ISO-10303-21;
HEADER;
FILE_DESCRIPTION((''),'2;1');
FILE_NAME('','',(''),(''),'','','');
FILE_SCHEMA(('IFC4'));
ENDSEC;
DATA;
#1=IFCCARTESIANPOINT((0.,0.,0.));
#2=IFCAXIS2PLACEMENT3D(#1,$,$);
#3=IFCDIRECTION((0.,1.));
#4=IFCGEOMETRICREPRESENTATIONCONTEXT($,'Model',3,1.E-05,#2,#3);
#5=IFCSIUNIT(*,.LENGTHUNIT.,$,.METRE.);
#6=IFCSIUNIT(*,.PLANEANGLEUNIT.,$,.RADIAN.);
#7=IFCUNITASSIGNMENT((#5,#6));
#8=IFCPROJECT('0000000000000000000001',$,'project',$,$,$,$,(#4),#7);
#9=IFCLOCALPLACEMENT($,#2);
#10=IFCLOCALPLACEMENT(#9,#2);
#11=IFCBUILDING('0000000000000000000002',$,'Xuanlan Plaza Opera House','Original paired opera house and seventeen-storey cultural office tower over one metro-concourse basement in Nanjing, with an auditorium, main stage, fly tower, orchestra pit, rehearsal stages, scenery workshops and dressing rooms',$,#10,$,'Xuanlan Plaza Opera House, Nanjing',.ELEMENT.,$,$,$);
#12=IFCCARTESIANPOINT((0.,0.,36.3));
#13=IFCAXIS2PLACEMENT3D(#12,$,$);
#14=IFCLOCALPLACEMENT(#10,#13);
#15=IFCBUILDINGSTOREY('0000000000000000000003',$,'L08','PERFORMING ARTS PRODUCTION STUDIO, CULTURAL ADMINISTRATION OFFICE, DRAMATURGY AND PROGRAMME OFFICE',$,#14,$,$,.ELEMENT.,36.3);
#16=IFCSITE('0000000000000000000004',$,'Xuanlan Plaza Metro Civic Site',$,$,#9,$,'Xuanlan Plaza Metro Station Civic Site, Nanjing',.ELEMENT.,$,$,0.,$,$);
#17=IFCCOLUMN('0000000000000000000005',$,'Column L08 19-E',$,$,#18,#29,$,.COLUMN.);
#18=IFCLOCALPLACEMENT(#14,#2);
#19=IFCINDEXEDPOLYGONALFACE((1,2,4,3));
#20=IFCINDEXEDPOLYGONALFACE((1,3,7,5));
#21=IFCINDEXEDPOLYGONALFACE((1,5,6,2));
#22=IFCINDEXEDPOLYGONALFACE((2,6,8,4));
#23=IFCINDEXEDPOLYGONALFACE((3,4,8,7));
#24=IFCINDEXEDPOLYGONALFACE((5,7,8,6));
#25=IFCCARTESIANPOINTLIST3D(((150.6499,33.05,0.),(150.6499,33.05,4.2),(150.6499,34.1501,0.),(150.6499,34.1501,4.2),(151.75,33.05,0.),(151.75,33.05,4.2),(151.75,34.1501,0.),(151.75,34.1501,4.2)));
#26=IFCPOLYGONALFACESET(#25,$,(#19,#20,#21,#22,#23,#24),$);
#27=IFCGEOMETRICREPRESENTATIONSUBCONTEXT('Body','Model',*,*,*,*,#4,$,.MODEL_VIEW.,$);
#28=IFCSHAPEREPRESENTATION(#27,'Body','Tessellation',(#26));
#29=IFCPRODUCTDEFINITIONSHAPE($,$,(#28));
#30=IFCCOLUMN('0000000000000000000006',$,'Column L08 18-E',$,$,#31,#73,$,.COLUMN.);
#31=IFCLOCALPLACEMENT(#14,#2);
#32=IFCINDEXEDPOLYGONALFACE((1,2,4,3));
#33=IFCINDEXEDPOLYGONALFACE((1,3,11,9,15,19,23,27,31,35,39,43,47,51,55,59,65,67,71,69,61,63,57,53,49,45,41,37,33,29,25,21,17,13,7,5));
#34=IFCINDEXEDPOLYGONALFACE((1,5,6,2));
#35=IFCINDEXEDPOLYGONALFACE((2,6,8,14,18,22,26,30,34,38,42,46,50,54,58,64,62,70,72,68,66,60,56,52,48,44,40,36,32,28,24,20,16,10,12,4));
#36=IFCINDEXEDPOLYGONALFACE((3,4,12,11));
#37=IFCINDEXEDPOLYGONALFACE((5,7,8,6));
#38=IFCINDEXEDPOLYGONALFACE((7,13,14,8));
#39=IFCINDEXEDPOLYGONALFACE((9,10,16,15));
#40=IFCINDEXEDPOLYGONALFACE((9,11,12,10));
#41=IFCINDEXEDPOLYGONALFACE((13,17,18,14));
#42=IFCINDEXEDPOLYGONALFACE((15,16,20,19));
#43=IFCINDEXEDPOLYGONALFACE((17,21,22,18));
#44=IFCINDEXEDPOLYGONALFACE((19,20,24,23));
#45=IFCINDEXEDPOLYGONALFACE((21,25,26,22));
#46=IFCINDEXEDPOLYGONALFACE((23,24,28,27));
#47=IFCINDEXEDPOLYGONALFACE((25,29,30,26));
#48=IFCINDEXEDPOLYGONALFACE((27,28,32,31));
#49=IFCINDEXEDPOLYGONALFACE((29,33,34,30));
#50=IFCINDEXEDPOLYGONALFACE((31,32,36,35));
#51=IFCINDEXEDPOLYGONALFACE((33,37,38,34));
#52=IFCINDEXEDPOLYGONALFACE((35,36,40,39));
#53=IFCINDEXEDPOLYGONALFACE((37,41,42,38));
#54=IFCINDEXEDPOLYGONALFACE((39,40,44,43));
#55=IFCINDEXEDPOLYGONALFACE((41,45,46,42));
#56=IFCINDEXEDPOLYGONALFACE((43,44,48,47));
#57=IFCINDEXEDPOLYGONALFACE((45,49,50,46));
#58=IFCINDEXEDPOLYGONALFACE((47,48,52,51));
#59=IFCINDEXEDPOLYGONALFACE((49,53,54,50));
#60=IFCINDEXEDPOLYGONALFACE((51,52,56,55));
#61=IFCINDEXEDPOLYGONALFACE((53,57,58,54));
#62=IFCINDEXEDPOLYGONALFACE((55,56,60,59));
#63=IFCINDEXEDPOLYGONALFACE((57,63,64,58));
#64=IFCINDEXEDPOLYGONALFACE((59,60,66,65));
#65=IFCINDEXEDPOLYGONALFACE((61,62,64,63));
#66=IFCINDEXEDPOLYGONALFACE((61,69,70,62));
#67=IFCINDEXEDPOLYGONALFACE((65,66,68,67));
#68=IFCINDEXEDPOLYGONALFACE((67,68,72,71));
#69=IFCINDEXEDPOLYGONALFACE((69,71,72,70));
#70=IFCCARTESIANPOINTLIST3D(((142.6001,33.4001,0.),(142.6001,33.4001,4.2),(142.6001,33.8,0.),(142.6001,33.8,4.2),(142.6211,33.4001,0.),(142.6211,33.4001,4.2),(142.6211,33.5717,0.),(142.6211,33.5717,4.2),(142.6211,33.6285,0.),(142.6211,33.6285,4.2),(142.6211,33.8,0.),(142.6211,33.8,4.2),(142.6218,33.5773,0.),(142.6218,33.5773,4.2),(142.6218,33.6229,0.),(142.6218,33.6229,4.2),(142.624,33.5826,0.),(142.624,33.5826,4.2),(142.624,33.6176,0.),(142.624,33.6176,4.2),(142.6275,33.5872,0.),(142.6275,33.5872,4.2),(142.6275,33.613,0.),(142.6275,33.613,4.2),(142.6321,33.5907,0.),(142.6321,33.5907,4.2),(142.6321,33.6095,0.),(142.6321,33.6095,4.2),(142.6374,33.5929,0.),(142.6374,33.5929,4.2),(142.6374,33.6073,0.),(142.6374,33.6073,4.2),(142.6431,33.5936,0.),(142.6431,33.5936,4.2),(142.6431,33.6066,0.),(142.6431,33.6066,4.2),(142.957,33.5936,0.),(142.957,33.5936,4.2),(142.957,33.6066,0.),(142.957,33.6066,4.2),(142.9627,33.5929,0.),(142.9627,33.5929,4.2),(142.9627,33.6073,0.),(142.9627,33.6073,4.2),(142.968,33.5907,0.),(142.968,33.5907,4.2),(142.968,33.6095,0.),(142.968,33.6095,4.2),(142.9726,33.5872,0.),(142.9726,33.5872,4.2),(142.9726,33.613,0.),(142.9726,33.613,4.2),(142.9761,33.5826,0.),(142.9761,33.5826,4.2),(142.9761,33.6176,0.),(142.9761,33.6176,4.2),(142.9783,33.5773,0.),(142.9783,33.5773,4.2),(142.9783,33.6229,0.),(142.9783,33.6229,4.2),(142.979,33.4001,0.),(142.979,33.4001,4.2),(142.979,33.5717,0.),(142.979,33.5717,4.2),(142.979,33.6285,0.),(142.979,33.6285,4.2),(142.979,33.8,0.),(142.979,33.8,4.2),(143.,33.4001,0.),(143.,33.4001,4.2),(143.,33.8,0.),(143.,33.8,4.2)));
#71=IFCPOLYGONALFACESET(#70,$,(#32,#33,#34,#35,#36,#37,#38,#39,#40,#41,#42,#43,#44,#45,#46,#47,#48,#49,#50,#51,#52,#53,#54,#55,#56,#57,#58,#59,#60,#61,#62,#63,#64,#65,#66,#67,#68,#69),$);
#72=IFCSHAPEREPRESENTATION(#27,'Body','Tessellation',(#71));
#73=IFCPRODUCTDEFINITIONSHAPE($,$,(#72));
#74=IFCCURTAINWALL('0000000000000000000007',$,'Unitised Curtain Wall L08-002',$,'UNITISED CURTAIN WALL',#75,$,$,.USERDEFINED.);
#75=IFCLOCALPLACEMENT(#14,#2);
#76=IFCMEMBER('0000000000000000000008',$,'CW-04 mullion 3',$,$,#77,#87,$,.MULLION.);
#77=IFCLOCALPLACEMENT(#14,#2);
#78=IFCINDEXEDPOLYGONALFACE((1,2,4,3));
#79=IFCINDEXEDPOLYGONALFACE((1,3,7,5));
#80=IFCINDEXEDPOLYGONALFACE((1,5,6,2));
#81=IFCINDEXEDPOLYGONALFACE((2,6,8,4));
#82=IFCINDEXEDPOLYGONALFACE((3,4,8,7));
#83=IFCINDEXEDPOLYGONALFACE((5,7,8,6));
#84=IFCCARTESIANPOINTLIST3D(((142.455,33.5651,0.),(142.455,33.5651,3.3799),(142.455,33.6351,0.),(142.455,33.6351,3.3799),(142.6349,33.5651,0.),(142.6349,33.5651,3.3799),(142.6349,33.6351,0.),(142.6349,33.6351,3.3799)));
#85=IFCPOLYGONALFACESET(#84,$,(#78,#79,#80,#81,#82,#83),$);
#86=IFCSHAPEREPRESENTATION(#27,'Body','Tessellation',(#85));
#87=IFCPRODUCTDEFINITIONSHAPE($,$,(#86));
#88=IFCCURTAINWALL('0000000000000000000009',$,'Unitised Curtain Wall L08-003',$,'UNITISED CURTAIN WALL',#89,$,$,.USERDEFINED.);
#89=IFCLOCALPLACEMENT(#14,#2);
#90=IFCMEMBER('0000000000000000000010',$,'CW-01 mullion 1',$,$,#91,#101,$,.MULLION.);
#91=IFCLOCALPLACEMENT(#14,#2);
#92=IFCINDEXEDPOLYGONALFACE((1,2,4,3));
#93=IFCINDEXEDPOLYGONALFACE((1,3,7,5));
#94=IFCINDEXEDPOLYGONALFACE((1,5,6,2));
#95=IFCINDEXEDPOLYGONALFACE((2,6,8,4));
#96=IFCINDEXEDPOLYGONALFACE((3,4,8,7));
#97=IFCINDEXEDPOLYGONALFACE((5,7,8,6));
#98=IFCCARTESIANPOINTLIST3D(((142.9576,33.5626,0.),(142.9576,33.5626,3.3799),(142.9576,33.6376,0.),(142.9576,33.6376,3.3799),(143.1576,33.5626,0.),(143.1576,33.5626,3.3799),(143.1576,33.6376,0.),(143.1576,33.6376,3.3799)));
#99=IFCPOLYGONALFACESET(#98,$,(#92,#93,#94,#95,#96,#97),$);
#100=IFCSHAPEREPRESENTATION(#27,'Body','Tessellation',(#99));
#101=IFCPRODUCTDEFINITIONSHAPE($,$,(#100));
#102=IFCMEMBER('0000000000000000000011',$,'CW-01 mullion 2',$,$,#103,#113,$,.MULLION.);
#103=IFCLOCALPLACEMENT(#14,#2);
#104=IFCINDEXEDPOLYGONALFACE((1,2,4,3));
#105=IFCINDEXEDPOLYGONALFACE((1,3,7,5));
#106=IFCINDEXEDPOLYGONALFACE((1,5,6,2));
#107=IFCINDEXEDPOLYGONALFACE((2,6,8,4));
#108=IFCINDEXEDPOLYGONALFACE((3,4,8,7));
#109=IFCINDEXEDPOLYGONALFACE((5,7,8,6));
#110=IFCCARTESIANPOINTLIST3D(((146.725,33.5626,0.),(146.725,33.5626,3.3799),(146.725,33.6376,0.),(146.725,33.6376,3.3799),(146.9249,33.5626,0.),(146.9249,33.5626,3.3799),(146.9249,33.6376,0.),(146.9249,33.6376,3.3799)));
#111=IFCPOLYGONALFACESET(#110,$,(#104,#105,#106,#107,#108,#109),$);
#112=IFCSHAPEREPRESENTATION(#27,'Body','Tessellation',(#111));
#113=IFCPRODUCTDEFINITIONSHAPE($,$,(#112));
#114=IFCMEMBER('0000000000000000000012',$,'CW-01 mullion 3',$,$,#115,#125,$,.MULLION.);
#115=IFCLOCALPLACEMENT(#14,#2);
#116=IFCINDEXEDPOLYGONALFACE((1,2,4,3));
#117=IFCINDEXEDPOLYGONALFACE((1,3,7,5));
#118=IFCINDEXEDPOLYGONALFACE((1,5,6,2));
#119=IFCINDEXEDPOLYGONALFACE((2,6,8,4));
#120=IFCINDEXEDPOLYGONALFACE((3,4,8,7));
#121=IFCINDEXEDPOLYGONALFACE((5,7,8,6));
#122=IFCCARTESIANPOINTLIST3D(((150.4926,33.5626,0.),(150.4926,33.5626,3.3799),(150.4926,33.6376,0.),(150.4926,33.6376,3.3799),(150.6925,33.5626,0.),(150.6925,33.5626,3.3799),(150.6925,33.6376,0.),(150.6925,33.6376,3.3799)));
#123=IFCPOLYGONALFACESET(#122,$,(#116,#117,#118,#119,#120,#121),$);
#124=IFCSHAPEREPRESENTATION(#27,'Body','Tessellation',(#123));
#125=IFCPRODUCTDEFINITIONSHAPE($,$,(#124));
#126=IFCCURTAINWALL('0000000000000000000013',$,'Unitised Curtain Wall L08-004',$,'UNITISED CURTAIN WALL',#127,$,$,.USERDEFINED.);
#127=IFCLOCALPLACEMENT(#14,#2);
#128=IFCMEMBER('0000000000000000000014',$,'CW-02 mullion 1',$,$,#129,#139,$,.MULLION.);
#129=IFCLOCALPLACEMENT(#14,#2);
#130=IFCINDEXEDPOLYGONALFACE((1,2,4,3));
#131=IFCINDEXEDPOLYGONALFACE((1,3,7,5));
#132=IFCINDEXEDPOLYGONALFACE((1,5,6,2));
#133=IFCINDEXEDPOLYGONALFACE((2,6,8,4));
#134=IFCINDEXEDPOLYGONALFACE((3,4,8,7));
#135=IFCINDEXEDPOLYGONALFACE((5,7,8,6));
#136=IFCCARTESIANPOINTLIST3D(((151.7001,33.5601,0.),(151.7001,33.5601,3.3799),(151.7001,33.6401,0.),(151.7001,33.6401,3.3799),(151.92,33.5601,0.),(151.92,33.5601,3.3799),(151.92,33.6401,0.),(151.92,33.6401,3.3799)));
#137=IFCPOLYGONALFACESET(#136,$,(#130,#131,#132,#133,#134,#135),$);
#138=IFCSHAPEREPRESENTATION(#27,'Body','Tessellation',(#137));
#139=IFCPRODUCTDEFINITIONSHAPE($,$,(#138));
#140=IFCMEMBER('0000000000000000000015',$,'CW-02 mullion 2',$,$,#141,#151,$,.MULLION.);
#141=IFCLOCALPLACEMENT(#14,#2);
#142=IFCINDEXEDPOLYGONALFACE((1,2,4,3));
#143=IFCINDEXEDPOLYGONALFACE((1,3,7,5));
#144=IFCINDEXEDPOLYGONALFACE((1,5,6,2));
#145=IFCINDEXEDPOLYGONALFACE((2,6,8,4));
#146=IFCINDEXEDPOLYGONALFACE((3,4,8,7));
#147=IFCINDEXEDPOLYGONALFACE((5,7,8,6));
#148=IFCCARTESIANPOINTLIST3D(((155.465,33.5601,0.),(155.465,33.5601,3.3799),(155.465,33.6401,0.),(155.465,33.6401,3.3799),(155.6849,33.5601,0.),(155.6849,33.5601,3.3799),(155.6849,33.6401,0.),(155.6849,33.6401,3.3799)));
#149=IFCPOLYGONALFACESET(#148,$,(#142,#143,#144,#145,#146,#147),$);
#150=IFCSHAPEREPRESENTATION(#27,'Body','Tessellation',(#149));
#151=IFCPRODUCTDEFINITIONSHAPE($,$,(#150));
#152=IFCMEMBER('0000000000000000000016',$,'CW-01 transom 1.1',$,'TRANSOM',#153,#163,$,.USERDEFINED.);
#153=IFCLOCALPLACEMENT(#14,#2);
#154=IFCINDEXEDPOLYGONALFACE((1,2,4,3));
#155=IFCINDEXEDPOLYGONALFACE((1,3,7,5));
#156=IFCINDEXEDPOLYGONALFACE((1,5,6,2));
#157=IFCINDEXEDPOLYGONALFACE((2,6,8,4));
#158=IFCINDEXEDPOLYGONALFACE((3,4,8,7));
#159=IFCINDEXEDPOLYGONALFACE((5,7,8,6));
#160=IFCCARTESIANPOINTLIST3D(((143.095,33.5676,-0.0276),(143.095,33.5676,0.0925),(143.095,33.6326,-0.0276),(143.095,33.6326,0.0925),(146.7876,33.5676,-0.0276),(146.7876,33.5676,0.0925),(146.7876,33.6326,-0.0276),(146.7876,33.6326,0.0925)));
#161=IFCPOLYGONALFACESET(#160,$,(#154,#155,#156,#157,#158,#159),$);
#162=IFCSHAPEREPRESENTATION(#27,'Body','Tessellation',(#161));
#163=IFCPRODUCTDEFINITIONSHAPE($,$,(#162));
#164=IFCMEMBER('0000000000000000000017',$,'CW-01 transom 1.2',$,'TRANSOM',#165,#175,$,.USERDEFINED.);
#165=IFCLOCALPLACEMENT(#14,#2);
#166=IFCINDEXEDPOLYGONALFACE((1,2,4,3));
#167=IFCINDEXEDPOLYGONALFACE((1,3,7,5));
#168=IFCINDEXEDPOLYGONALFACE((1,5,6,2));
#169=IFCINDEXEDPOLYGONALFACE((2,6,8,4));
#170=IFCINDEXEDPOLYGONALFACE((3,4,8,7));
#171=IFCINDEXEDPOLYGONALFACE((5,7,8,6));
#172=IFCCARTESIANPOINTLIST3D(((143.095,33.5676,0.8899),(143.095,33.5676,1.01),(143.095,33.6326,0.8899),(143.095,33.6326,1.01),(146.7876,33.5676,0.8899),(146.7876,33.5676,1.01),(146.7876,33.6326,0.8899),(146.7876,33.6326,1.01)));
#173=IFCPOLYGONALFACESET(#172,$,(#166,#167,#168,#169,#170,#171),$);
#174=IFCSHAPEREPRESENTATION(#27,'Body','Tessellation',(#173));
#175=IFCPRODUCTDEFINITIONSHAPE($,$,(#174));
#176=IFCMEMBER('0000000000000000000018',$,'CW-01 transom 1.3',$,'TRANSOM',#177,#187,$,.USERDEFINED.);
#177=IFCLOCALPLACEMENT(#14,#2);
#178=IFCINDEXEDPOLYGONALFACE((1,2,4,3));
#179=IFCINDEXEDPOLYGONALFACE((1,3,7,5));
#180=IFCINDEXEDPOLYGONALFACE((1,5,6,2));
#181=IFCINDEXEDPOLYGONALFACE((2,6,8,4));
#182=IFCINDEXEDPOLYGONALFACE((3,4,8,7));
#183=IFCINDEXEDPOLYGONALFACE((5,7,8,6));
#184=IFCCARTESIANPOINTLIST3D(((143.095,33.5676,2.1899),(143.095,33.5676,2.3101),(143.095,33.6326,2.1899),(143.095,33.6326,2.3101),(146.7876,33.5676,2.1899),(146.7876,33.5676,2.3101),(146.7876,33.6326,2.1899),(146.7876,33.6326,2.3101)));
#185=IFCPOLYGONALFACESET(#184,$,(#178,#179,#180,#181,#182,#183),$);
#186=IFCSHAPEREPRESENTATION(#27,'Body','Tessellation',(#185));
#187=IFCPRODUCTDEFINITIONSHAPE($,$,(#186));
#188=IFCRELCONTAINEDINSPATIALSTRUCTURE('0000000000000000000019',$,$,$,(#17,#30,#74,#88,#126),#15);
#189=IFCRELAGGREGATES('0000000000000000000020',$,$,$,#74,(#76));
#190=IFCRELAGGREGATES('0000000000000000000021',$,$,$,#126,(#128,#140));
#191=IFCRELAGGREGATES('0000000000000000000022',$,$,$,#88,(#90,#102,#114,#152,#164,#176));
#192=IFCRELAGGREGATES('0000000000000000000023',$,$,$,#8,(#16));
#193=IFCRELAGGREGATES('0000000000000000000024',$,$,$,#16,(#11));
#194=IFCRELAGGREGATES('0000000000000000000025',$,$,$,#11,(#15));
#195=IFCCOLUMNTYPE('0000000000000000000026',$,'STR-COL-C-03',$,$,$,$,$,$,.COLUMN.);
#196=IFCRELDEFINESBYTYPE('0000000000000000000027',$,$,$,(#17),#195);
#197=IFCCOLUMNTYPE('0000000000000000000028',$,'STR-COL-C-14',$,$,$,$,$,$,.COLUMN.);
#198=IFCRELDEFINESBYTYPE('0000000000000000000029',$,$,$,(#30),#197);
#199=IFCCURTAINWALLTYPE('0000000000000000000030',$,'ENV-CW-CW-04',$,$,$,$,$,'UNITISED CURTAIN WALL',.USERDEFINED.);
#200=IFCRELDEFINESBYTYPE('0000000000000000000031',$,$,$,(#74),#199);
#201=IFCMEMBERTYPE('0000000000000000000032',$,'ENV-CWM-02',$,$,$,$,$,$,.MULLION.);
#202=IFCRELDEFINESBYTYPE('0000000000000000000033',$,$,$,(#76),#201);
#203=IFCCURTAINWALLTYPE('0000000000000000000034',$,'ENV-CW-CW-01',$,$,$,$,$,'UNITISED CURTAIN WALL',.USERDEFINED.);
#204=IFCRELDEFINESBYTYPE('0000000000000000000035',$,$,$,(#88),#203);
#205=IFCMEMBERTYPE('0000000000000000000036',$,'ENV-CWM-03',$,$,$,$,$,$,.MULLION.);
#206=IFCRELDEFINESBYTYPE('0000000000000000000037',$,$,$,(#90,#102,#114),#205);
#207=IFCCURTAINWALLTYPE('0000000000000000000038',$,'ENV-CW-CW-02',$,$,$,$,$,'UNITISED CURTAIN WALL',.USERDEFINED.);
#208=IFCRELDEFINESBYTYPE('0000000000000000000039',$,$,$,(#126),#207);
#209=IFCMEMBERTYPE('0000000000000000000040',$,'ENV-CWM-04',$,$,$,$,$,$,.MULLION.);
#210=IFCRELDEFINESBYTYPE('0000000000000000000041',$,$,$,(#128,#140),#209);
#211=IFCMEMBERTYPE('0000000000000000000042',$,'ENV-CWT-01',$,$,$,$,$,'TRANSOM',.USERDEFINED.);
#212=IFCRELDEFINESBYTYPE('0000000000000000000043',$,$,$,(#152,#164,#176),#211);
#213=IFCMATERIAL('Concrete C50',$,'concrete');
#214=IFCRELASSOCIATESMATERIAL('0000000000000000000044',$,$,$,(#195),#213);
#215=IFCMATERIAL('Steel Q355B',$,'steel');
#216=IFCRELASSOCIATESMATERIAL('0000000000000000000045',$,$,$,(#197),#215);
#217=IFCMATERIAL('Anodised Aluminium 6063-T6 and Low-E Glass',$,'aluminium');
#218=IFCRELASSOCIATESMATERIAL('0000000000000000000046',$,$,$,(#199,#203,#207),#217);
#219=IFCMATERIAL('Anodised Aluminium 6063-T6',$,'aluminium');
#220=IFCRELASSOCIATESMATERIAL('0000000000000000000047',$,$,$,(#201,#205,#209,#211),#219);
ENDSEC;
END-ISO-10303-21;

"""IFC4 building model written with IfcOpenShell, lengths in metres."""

from ifc_helpers import new_model, si_unit, direction, frame, origin, origin_2d, place, context, subcontext, project, spatial, rectangle, i_section, extrude, material, material_profile, profile_set, type_object, element, aggregate, save


model = new_model("IFC4")

# Units and contexts
model_context = context("Model", 3, precision=1e-05, world=origin(), true_north=direction((0.0, 1.0)))
body_context = subcontext(model_context, "Body", "Model", "MODEL_VIEW")
ifc_project = project(units=[si_unit("LENGTHUNIT", "METRE"), si_unit("PLANEANGLEUNIT", "RADIAN")], contexts=[model_context])

# Site, building, storey
site_placement = place(None, origin())
site = spatial("IfcSite", under=ifc_project, at=site_placement, Name="Xuanlan Plaza Metro Civic Site", LongName="Xuanlan Plaza Metro Station Civic Site, Nanjing", CompositionType="ELEMENT", RefElevation=0.0)
building_placement = place(site_placement, origin())
building = spatial("IfcBuilding", under=site, at=building_placement, Name="Xuanlan Plaza Opera House", Description="Original paired opera house and seventeen-storey cultural office tower over one metro-concourse basement in Nanjing, with an auditorium, main stage, fly tower, orchestra pit, rehearsal stages, scenery workshops and dressing rooms", LongName="Xuanlan Plaza Opera House, Nanjing", CompositionType="ELEMENT")
storey_placement = place(building_placement, frame((0.0, 0.0, 36.3)))
storey = spatial("IfcBuildingStorey", under=building, at=storey_placement, Name="L08", Description="PERFORMING ARTS PRODUCTION STUDIO, CULTURAL ADMINISTRATION OFFICE, DRAMATURGY AND PROGRAMME OFFICE", CompositionType="ELEMENT", Elevation=36.3)

# Columns
ifc_material_1 = material(Name="Concrete C50", Category="concrete")
ifc_material_profile_1 = material_profile(ifc_material_1, rectangle(XDim=1.1001, YDim=1.1001, at=origin_2d()), Name="RC-COL 1100x1100")
ifc_profile_set_1 = profile_set([ifc_material_profile_1], Name="Concrete C50")
column_type_1 = type_object("IfcColumnType", Name="STR-COL-C-03", PredefinedType="COLUMN", material=ifc_profile_set_1)
column_1_placement = place(storey_placement, frame((151.2, 33.6001, 0.0), z_axis=(0.0, 0.0, 1.0), x_axis=(1.0, 0.0, 0.0)))
element("IfcColumn", 1, at=column_1_placement, inside=storey, type_object=column_type_1, Name="Column L08 19-E", PredefinedType="COLUMN", context=body_context, shape_type="SweptSolid", body=[
    extrude(rectangle(XDim=1.1001, YDim=1.1001, at=origin_2d()), origin(), (0.0, 0.0, 1.0), 4.2),
])
ifc_material_2 = material(Name="Steel Q355B", Category="steel")
ifc_material_profile_2 = material_profile(ifc_material_2, i_section(OverallWidth=0.3999, OverallDepth=0.3999, WebThickness=0.0129, FlangeThickness=0.021, FilletRadius=0.022, at=origin_2d()), Name="HW 400x400x13x21")
ifc_profile_set_2 = profile_set([ifc_material_profile_2], Name="Steel Q355B")
column_type_2 = type_object("IfcColumnType", Name="STR-COL-C-14", PredefinedType="COLUMN", material=ifc_profile_set_2)
column_2_placement = place(storey_placement, frame((142.8, 33.6001, 0.0), z_axis=(0.0, 0.0, 1.0), x_axis=(0.0, 1.0, 0.0)))
element("IfcColumn", 2, at=column_2_placement, inside=storey, type_object=column_type_2, Name="Column L08 18-E", PredefinedType="COLUMN", context=body_context, shape_type="SweptSolid", body=[
    extrude(i_section(OverallWidth=0.3999, OverallDepth=0.3999, WebThickness=0.0129, FlangeThickness=0.021, FilletRadius=0.022, at=origin_2d()), origin(), (0.0, 0.0, 1.0), 4.2),
])

# Curtain wall, member
ifc_material_3 = material(Name="Anodised Aluminium 6063-T6 and Low-E Glass", Category="aluminium")
curtain_wall_type_1 = type_object("IfcCurtainWallType", Name="ENV-CW-CW-04", ElementType="UNITISED CURTAIN WALL", PredefinedType="USERDEFINED", material=ifc_material_3)
curtain_wall_1_placement = place(storey_placement, origin())
curtain_wall_1 = element("IfcCurtainWall", 3, at=curtain_wall_1_placement, inside=storey, type_object=curtain_wall_type_1, Name="Unitised Curtain Wall L08-002", ObjectType="UNITISED CURTAIN WALL", PredefinedType="USERDEFINED")
ifc_material_4 = material(Name="Anodised Aluminium 6063-T6", Category="aluminium")
ifc_material_profile_3 = material_profile(ifc_material_4, rectangle(XDim=0.0701, YDim=0.1799, at=origin_2d()), Name="ALU-M 70x180")
ifc_profile_set_3 = profile_set([ifc_material_profile_3], Name="Anodised Aluminium 6063-T6")
member_type_1 = type_object("IfcMemberType", Name="ENV-CWM-02", PredefinedType="MULLION", material=ifc_profile_set_3)
member_1_placement = place(storey_placement, frame((142.5449, 33.6001, 0.0), z_axis=(0.0, 0.0, 1.0), x_axis=(0.0, 1.0, 0.0)))
member_1 = element("IfcMember", 4, at=member_1_placement, type_object=member_type_1, Name="CW-04 mullion 3", PredefinedType="MULLION", context=body_context, shape_type="SweptSolid", body=[
    extrude(rectangle(XDim=0.0701, YDim=0.1799, at=origin_2d()), origin(), (0.0, 0.0, 1.0), 3.3799),
])

# Curtain walls, members
curtain_wall_type_2 = type_object("IfcCurtainWallType", Name="ENV-CW-CW-01", ElementType="UNITISED CURTAIN WALL", PredefinedType="USERDEFINED", material=ifc_material_3)
curtain_wall_2_placement = place(storey_placement, origin())
curtain_wall_2 = element("IfcCurtainWall", 5, at=curtain_wall_2_placement, inside=storey, type_object=curtain_wall_type_2, Name="Unitised Curtain Wall L08-003", ObjectType="UNITISED CURTAIN WALL", PredefinedType="USERDEFINED")
ifc_material_profile_4 = material_profile(ifc_material_4, rectangle(XDim=0.075, YDim=0.2, at=origin_2d()), Name="ALU-M 75x200")
ifc_profile_set_4 = profile_set([ifc_material_profile_4], Name="Anodised Aluminium 6063-T6")
member_type_2 = type_object("IfcMemberType", Name="ENV-CWM-03", PredefinedType="MULLION", material=ifc_profile_set_4)
member_2_placement = place(storey_placement, frame((143.0576, 33.6001, 0.0), z_axis=(0.0, 0.0, 1.0), x_axis=(0.0, 1.0, 0.0)))
member_2 = element("IfcMember", 6, at=member_2_placement, type_object=member_type_2, Name="CW-01 mullion 1", PredefinedType="MULLION", context=body_context, shape_type="SweptSolid", body=[
    extrude(rectangle(XDim=0.075, YDim=0.2, at=origin_2d()), origin(), (0.0, 0.0, 1.0), 3.3799),
])
member_3_placement = place(storey_placement, frame((146.825, 33.6001, 0.0), z_axis=(0.0, 0.0, 1.0), x_axis=(0.0, 1.0, 0.0)))
member_3 = element("IfcMember", 7, at=member_3_placement, type_object=member_type_2, Name="CW-01 mullion 2", PredefinedType="MULLION", context=body_context, shape_type="SweptSolid", body=[
    extrude(rectangle(XDim=0.075, YDim=0.2, at=origin_2d()), origin(), (0.0, 0.0, 1.0), 3.3799),
])
member_4_placement = place(storey_placement, frame((150.5925, 33.6001, 0.0), z_axis=(0.0, 0.0, 1.0), x_axis=(0.0, 1.0, 0.0)))
member_4 = element("IfcMember", 8, at=member_4_placement, type_object=member_type_2, Name="CW-01 mullion 3", PredefinedType="MULLION", context=body_context, shape_type="SweptSolid", body=[
    extrude(rectangle(XDim=0.075, YDim=0.2, at=origin_2d()), origin(), (0.0, 0.0, 1.0), 3.3799),
])
curtain_wall_type_3 = type_object("IfcCurtainWallType", Name="ENV-CW-CW-02", ElementType="UNITISED CURTAIN WALL", PredefinedType="USERDEFINED", material=ifc_material_3)
curtain_wall_3_placement = place(storey_placement, origin())
curtain_wall_3 = element("IfcCurtainWall", 9, at=curtain_wall_3_placement, inside=storey, type_object=curtain_wall_type_3, Name="Unitised Curtain Wall L08-004", ObjectType="UNITISED CURTAIN WALL", PredefinedType="USERDEFINED")
ifc_material_profile_5 = material_profile(ifc_material_4, rectangle(XDim=0.0801, YDim=0.22, at=origin_2d()), Name="ALU-M 80x220")
ifc_profile_set_5 = profile_set([ifc_material_profile_5], Name="Anodised Aluminium 6063-T6")
member_type_3 = type_object("IfcMemberType", Name="ENV-CWM-04", PredefinedType="MULLION", material=ifc_profile_set_5)
member_5_placement = place(storey_placement, frame((151.8101, 33.6001, 0.0), z_axis=(0.0, 0.0, 1.0), x_axis=(0.0, 1.0, 0.0)))
member_5 = element("IfcMember", 10, at=member_5_placement, type_object=member_type_3, Name="CW-02 mullion 1", PredefinedType="MULLION", context=body_context, shape_type="SweptSolid", body=[
    extrude(rectangle(XDim=0.0801, YDim=0.22, at=origin_2d()), origin(), (0.0, 0.0, 1.0), 3.3799),
])
member_6_placement = place(storey_placement, frame((155.575, 33.6001, 0.0), z_axis=(0.0, 0.0, 1.0), x_axis=(0.0, 1.0, 0.0)))
member_6 = element("IfcMember", 11, at=member_6_placement, type_object=member_type_3, Name="CW-02 mullion 2", PredefinedType="MULLION", context=body_context, shape_type="SweptSolid", body=[
    extrude(rectangle(XDim=0.0801, YDim=0.22, at=origin_2d()), origin(), (0.0, 0.0, 1.0), 3.3799),
])

# Members
ifc_material_profile_6 = material_profile(ifc_material_4, rectangle(XDim=0.0649, YDim=0.1201, at=origin_2d()), Name="ALU-T 65x120")
ifc_profile_set_6 = profile_set([ifc_material_profile_6], Name="Anodised Aluminium 6063-T6")
member_type_4 = type_object("IfcMemberType", Name="ENV-CWT-01", ElementType="TRANSOM", PredefinedType="USERDEFINED", material=ifc_profile_set_6)
member_7_placement = place(storey_placement, frame((143.095, 33.6001, 0.0325), z_axis=(1.0, 0.0, 0.0), x_axis=(0.0, 1.0, 0.0)))
member_7 = element("IfcMember", 12, at=member_7_placement, type_object=member_type_4, Name="CW-01 transom 1.1", ObjectType="TRANSOM", PredefinedType="USERDEFINED", context=body_context, shape_type="SweptSolid", body=[
    extrude(rectangle(XDim=0.0649, YDim=0.1201, at=origin_2d()), origin(), (0.0, 0.0, 1.0), 3.6926),
])
member_8_placement = place(storey_placement, frame((143.095, 33.6001, 0.95), z_axis=(1.0, 0.0, 0.0), x_axis=(0.0, 1.0, 0.0)))
member_8 = element("IfcMember", 13, at=member_8_placement, type_object=member_type_4, Name="CW-01 transom 1.2", ObjectType="TRANSOM", PredefinedType="USERDEFINED", context=body_context, shape_type="SweptSolid", body=[
    extrude(rectangle(XDim=0.0649, YDim=0.1201, at=origin_2d()), origin(), (0.0, 0.0, 1.0), 3.6926),
])
member_9_placement = place(storey_placement, frame((143.095, 33.6001, 2.25), z_axis=(1.0, 0.0, 0.0), x_axis=(0.0, 1.0, 0.0)))
member_9 = element("IfcMember", 14, at=member_9_placement, type_object=member_type_4, Name="CW-01 transom 1.3", ObjectType="TRANSOM", PredefinedType="USERDEFINED", context=body_context, shape_type="SweptSolid", body=[
    extrude(rectangle(XDim=0.0649, YDim=0.1201, at=origin_2d()), origin(), (0.0, 0.0, 1.0), 3.6926),
])

aggregate(curtain_wall_1, [member_1])
aggregate(curtain_wall_3, [member_5, member_6])
aggregate(curtain_wall_2, [member_2, member_3, member_4, member_7, member_8, member_9])

save(model, "model.ifc")
